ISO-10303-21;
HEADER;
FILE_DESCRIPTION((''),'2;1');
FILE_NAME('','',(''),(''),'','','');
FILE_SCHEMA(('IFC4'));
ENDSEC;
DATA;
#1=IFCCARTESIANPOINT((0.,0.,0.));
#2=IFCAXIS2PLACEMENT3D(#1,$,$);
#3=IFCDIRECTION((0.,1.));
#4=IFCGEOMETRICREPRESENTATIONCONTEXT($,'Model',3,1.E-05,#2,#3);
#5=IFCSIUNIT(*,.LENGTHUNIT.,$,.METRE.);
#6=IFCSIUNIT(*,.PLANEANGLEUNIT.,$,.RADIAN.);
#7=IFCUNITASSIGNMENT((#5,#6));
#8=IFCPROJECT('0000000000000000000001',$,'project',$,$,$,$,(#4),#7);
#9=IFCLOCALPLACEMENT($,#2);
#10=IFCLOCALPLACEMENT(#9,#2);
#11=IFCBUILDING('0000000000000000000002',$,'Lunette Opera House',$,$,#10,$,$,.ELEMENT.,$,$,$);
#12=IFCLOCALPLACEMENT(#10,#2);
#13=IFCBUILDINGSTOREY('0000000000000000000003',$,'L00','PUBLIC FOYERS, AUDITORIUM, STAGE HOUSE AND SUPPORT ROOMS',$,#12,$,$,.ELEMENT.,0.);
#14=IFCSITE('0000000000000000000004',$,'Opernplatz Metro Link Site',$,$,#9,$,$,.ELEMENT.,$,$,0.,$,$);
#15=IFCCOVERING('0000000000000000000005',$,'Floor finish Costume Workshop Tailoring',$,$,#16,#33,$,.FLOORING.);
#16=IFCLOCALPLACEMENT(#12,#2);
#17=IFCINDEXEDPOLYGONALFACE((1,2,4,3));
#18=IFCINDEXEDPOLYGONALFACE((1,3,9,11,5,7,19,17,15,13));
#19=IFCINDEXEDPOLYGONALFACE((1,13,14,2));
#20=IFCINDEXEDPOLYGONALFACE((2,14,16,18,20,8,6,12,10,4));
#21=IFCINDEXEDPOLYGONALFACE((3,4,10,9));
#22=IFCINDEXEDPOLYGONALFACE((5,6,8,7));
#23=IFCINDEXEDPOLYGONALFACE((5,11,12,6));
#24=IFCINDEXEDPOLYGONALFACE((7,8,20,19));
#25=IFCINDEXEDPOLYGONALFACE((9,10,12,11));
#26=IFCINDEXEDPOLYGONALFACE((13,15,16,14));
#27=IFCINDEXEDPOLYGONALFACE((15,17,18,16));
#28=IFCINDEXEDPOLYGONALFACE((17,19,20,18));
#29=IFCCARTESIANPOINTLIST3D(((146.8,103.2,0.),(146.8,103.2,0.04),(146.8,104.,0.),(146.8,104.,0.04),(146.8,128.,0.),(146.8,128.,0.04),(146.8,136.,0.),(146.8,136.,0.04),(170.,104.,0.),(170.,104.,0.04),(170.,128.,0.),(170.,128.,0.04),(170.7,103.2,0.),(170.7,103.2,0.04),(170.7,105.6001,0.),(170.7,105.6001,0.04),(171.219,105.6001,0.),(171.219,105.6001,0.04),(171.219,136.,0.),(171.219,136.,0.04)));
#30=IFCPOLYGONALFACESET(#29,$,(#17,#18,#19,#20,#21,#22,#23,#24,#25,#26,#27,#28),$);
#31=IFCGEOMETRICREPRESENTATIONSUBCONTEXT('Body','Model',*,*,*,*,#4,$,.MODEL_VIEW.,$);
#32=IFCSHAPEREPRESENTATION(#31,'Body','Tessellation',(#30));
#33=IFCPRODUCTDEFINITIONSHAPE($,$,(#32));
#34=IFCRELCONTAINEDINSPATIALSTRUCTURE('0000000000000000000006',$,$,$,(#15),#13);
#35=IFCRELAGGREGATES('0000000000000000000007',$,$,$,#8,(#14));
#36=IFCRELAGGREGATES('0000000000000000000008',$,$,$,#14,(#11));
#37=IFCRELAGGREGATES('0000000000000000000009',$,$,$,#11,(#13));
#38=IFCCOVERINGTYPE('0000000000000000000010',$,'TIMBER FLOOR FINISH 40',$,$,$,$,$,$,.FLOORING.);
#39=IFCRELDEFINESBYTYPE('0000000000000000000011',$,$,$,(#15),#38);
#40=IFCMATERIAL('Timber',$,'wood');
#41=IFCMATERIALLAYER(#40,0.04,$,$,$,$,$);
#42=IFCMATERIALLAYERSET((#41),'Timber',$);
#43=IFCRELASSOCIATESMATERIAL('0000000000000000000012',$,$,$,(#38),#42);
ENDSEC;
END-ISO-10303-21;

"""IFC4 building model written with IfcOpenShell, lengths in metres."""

from ifc_helpers import new_model, si_unit, direction, origin, place, context, subcontext, project, spatial, polyline, outline, extrude, material, layer, layer_set, type_object, element, save


model = new_model("IFC4")

# Units and contexts
model_context = context("Model", 3, precision=1e-05, world=origin(), true_north=direction((0.0, 1.0)))
body_context = subcontext(model_context, "Body", "Model", "MODEL_VIEW")
ifc_project = project(units=[si_unit("LENGTHUNIT", "METRE"), si_unit("PLANEANGLEUNIT", "RADIAN")], contexts=[model_context])

# Site, building, storey
site_placement = place(None, origin())
site = spatial("IfcSite", under=ifc_project, at=site_placement, Name="Opernplatz Metro Link Site", CompositionType="ELEMENT", RefElevation=0.0)
building_placement = place(site_placement, origin())
building = spatial("IfcBuilding", under=site, at=building_placement, Name="Lunette Opera House", CompositionType="ELEMENT")
storey_placement = place(building_placement, origin())
storey = spatial("IfcBuildingStorey", under=building, at=storey_placement, Name="L00", Description="PUBLIC FOYERS, AUDITORIUM, STAGE HOUSE AND SUPPORT ROOMS", CompositionType="ELEMENT", Elevation=0.0)

# Covering
ifc_material_1 = material(Name="Timber", Category="wood")
ifc_layer_1 = layer(ifc_material_1, 0.04)
ifc_layer_set_1 = layer_set([ifc_layer_1], Name="Timber")
covering_type_1 = type_object("IfcCoveringType", Name="TIMBER FLOOR FINISH 40", PredefinedType="FLOORING", material=ifc_layer_set_1)
covering_1_placement = place(storey_placement, origin())
element("IfcCovering", 1, at=covering_1_placement, inside=storey, type_object=covering_type_1, Name="Floor finish Costume Workshop Tailoring", PredefinedType="FLOORING", context=body_context, shape_type="SweptSolid", body=[
    extrude(outline(polyline([(170.7, 105.6001), (170.7, 103.2), (146.8, 103.2), (146.8, 104.0), (170.0, 104.0), (170.0, 128.0), (146.8, 128.0), (146.8, 136.0), (171.219, 136.0), (171.219, 105.6001), (170.7, 105.6001)])), origin(), (0.0, 0.0, 1.0), 0.04),
])

save(model, "model.ifc")
